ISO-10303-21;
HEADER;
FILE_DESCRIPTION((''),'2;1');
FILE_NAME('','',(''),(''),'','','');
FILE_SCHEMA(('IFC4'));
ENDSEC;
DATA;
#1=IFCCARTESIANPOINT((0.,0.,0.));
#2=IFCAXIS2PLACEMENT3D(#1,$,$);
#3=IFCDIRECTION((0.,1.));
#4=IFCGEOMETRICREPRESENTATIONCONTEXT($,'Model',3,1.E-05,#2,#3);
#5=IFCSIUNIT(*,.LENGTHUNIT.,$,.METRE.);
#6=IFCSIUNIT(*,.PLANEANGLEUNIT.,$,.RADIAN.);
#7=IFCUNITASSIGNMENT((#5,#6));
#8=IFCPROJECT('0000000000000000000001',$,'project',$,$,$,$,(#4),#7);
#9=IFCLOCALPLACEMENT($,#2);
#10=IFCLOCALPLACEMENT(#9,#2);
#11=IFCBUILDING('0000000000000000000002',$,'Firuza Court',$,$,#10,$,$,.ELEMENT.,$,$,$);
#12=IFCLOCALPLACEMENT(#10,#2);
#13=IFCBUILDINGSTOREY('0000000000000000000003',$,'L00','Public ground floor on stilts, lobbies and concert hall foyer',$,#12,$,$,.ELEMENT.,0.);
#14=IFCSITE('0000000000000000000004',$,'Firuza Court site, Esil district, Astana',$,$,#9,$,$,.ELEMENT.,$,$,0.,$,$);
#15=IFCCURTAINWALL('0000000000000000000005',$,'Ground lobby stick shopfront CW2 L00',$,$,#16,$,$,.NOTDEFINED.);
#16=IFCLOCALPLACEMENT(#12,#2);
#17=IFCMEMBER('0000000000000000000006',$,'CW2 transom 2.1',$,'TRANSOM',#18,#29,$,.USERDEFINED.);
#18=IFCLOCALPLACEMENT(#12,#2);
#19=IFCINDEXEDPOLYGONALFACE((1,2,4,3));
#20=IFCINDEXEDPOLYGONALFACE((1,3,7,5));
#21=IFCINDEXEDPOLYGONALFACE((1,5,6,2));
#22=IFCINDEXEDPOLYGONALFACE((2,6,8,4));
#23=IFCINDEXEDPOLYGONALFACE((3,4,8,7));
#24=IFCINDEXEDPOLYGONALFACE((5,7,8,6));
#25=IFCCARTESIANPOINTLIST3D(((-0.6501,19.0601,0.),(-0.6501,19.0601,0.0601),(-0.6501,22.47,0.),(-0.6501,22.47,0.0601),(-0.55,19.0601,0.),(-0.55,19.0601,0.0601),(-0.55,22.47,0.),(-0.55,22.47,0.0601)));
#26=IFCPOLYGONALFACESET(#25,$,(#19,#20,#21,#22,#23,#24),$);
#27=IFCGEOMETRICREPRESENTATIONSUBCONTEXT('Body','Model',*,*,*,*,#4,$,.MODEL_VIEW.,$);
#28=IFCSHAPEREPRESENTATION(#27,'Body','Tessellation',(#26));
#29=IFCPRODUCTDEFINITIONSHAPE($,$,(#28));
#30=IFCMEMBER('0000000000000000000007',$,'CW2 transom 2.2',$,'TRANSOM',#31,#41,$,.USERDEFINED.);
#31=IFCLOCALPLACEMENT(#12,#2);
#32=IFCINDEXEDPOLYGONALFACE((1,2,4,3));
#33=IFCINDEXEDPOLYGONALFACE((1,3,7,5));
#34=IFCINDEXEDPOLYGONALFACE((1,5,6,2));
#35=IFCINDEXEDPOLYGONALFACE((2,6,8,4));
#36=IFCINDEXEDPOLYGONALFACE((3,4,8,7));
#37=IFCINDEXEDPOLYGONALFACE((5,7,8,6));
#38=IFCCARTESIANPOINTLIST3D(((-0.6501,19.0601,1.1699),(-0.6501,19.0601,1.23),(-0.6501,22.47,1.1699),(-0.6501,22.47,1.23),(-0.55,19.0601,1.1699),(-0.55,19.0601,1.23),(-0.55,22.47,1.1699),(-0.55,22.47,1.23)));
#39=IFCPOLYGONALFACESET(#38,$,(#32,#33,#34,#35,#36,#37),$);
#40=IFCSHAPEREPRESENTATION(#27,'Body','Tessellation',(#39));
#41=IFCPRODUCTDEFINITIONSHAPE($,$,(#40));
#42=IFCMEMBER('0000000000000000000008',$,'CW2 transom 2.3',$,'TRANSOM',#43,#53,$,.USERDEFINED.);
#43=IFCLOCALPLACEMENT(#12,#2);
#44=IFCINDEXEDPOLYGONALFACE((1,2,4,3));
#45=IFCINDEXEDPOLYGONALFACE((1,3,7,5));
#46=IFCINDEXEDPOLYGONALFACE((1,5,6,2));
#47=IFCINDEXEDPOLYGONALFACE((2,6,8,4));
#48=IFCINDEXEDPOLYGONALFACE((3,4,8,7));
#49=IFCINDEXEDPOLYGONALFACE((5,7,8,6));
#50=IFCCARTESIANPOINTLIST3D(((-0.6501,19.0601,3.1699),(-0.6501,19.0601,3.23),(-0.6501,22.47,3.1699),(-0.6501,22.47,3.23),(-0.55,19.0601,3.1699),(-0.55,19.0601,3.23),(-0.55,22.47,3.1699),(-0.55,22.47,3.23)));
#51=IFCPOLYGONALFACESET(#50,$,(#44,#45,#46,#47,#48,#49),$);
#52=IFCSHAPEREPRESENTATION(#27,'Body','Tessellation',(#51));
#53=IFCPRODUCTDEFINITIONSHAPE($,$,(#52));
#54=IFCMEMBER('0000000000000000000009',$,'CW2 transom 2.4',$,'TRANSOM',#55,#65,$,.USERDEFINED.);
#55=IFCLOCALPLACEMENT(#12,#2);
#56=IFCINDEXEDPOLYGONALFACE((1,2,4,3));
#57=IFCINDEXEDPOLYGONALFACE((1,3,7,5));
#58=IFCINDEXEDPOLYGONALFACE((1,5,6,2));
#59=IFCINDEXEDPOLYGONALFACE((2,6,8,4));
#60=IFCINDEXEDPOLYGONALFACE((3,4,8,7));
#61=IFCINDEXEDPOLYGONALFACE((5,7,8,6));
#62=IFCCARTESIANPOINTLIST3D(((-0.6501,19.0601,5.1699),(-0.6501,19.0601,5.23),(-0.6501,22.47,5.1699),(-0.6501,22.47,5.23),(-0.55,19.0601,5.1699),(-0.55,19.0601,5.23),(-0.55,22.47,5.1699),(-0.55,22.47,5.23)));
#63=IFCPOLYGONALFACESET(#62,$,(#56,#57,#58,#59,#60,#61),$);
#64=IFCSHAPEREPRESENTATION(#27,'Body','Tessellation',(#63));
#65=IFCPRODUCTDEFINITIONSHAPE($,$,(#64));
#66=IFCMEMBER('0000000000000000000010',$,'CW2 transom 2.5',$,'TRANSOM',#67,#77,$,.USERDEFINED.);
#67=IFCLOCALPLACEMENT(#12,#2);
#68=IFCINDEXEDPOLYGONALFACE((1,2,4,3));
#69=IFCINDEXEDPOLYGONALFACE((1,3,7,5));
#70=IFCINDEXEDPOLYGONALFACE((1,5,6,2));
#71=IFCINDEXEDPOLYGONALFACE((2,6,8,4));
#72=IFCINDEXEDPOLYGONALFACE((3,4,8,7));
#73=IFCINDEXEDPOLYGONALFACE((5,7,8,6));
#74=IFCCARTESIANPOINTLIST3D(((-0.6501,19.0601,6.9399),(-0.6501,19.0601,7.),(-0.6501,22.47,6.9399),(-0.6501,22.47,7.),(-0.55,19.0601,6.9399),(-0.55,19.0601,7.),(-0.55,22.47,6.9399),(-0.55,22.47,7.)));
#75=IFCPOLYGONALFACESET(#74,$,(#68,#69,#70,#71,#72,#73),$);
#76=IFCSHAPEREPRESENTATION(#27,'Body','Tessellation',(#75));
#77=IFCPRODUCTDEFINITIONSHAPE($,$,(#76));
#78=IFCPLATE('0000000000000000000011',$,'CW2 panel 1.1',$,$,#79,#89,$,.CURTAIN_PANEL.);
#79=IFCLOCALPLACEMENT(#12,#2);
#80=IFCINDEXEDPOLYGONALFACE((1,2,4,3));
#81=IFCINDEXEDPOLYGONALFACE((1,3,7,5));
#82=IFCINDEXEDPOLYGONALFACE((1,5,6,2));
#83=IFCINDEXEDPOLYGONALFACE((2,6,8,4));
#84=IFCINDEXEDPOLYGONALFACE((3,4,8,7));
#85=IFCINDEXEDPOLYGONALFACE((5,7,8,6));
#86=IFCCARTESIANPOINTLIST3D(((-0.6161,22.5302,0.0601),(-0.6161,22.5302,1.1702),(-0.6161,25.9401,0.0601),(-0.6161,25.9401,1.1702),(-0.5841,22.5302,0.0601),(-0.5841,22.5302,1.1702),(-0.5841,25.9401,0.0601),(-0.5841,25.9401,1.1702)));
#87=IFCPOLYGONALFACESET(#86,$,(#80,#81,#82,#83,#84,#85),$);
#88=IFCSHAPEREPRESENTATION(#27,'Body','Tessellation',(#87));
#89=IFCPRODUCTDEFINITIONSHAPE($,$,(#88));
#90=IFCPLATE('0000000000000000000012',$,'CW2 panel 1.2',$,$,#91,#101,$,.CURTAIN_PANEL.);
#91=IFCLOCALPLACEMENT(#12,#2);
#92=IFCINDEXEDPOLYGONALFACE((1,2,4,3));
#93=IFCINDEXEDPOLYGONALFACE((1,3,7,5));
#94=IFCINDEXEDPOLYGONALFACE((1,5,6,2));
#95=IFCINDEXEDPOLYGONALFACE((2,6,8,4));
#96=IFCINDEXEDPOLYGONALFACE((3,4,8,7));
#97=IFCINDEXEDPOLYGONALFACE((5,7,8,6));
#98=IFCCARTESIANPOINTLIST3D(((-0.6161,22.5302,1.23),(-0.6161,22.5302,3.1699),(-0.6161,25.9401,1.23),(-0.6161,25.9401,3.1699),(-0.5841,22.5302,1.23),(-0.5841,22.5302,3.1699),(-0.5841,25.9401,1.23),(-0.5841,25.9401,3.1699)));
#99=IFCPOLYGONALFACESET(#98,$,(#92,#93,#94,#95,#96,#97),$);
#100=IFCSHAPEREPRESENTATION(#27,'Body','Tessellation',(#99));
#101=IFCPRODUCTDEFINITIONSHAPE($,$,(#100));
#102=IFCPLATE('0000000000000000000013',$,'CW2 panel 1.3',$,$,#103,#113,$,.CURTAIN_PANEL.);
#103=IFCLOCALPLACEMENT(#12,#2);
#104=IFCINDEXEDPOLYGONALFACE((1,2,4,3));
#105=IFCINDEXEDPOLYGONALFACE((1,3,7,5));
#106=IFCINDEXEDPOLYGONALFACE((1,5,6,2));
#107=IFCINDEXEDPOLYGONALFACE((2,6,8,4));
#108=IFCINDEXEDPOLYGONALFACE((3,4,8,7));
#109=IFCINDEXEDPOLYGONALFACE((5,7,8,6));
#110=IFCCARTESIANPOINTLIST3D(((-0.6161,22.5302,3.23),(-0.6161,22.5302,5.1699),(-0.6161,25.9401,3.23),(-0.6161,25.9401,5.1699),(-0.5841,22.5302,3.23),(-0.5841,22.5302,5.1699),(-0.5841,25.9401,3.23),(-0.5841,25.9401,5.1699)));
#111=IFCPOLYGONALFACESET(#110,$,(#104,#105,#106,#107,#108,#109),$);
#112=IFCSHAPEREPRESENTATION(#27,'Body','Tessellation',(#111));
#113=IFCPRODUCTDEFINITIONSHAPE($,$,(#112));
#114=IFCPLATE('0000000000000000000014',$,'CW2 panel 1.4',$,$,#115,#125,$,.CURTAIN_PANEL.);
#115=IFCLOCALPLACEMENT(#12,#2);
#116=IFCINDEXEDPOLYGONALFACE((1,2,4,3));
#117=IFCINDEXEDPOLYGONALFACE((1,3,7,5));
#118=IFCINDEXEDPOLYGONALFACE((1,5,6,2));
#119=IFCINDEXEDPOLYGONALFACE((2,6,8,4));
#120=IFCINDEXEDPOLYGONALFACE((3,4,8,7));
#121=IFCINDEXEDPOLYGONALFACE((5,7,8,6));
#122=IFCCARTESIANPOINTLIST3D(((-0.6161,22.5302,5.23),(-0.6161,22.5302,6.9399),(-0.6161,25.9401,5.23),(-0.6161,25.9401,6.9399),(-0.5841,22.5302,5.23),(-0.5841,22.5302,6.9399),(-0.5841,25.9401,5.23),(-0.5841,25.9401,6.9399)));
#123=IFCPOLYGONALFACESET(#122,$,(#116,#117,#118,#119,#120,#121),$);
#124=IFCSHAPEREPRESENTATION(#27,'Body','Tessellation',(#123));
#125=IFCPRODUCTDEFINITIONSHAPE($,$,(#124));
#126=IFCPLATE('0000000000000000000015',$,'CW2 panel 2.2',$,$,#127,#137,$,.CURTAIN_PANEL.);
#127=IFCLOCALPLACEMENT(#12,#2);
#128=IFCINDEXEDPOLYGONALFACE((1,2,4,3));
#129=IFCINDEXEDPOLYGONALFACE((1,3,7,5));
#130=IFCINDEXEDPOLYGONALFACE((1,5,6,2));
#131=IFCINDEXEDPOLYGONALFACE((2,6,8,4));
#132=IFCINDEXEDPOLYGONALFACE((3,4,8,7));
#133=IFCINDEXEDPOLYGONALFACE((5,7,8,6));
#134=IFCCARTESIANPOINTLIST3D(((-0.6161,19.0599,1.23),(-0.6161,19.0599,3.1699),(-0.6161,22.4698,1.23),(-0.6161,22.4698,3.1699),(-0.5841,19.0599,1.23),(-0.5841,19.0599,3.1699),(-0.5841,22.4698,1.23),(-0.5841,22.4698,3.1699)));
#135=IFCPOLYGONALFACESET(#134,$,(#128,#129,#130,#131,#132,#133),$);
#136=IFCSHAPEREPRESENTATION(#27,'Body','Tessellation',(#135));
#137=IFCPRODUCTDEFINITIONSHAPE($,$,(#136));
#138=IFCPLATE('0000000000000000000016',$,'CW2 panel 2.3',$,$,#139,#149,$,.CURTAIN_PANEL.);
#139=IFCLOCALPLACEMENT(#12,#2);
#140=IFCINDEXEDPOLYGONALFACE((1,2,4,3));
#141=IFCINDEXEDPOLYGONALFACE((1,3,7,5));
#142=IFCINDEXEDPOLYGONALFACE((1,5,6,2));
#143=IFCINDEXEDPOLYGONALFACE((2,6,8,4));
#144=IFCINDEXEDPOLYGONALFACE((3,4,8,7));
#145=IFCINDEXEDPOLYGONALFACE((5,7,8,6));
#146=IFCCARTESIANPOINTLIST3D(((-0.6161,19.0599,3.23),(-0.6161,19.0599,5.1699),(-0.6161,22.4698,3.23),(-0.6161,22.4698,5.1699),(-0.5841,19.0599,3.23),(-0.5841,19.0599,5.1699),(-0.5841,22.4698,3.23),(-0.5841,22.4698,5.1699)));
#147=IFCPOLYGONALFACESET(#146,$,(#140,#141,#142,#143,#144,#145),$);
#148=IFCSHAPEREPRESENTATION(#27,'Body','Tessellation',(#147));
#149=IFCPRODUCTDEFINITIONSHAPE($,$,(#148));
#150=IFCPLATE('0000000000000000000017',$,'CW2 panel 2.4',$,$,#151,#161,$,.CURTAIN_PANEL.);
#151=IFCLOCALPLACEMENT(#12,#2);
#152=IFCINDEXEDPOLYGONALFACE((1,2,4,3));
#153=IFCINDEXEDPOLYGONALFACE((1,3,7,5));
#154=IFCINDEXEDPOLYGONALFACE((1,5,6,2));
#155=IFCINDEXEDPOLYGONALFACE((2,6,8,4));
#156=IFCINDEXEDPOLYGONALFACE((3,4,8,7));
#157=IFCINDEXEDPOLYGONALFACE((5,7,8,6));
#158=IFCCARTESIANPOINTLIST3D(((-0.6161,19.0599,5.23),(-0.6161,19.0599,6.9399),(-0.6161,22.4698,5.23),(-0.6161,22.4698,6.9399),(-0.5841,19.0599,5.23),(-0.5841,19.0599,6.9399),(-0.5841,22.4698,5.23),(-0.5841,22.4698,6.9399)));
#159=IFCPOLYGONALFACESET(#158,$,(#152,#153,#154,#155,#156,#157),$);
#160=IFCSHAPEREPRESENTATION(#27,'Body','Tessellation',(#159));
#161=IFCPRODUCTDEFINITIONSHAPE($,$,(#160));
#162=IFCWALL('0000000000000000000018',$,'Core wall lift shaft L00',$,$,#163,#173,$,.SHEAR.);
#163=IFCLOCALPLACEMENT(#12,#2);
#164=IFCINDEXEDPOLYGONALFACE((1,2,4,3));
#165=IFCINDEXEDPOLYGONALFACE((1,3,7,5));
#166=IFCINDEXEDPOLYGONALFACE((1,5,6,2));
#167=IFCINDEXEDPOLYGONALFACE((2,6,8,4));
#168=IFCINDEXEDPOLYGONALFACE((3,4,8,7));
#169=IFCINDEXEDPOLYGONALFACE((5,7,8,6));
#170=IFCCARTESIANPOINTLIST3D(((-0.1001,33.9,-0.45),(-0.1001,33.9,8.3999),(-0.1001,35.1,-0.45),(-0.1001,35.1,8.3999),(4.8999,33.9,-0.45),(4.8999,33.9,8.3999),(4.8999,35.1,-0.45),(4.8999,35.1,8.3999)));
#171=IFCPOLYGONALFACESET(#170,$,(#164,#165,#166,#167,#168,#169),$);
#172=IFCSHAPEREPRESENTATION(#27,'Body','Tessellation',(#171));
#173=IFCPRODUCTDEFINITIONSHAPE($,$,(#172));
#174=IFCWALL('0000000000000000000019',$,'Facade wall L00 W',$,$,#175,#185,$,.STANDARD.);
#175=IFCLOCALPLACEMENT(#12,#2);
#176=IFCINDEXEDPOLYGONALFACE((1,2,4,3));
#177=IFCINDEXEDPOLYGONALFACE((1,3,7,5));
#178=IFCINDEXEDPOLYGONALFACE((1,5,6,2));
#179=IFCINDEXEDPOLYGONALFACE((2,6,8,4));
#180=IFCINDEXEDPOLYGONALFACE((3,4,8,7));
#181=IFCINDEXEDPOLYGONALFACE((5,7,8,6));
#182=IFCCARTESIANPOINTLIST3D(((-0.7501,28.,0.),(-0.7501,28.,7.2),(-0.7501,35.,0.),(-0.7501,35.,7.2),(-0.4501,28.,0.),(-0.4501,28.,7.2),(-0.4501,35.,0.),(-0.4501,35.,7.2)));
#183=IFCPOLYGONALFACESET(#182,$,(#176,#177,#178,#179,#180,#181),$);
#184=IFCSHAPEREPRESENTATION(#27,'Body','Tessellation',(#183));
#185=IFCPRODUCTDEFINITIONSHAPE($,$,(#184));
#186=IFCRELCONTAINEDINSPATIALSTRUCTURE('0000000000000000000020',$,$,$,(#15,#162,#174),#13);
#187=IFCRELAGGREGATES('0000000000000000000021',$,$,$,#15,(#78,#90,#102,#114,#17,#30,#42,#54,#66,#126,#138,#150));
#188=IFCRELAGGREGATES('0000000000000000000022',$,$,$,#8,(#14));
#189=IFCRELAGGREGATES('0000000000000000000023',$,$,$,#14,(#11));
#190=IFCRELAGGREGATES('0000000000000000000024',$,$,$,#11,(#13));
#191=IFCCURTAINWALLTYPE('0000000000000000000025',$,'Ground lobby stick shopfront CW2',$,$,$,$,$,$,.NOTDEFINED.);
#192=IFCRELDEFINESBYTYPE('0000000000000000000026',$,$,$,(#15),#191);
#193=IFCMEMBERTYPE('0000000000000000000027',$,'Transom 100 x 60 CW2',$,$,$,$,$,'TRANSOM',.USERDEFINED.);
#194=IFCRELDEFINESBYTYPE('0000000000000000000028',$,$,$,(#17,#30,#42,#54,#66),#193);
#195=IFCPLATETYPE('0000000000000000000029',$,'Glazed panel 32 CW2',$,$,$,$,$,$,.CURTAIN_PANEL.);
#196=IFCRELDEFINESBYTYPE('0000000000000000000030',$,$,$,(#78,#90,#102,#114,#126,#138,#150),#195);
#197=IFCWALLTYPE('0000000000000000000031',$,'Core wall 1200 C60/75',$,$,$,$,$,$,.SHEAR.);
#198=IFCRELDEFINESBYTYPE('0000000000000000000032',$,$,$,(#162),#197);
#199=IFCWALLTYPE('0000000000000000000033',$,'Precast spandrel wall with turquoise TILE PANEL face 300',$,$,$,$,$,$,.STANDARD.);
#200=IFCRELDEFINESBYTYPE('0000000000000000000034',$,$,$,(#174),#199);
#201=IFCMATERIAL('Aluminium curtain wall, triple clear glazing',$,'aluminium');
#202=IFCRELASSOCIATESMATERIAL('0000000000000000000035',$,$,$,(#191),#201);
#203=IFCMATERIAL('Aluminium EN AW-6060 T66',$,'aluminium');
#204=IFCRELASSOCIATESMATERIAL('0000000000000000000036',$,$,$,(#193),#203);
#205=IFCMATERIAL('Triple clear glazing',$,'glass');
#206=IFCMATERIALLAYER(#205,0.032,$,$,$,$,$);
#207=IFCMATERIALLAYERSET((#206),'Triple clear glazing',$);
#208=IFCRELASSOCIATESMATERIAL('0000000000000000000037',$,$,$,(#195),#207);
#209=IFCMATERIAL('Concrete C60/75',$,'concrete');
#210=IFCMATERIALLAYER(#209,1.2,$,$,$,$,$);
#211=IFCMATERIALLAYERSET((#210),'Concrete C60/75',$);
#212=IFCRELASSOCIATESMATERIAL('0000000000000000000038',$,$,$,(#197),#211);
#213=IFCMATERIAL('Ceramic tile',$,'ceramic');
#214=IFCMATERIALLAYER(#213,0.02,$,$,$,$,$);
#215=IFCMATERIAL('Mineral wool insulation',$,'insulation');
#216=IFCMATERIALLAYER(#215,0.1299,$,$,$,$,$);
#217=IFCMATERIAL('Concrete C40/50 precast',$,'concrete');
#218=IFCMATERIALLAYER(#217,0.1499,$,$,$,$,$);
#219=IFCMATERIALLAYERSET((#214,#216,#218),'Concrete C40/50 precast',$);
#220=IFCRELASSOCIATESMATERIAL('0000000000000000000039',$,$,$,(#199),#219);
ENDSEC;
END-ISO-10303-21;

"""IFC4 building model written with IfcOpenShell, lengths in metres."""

from ifc_helpers import new_model, si_unit, direction, frame, frame_2d, origin, origin_2d, place, context, subcontext, project, spatial, rectangle, extrude, material, layer, layer_set, material_profile, profile_set, type_object, element, aggregate, save


model = new_model("IFC4")

# Units and contexts
model_context = context("Model", 3, precision=1e-05, world=origin(), true_north=direction((0.0, 1.0)))
body_context = subcontext(model_context, "Body", "Model", "MODEL_VIEW")
ifc_project = project(units=[si_unit("LENGTHUNIT", "METRE"), si_unit("PLANEANGLEUNIT", "RADIAN")], contexts=[model_context])

# Site, building, storey
site_placement = place(None, origin())
site = spatial("IfcSite", under=ifc_project, at=site_placement, Name="Firuza Court site, Esil district, Astana", CompositionType="ELEMENT", RefElevation=0.0)
building_placement = place(site_placement, origin())
building = spatial("IfcBuilding", under=site, at=building_placement, Name="Firuza Court", CompositionType="ELEMENT")
storey_placement = place(building_placement, origin())
storey = spatial("IfcBuildingStorey", under=building, at=storey_placement, Name="L00", Description="Public ground floor on stilts, lobbies and concert hall foyer", CompositionType="ELEMENT", Elevation=0.0)

# Curtain wall
ifc_material_1 = material(Name="Aluminium curtain wall, triple clear glazing", Category="aluminium")
curtain_wall_type = type_object("IfcCurtainWallType", Name="Ground lobby stick shopfront CW2", PredefinedType="NOTDEFINED", material=ifc_material_1)
curtain_wall_placement = place(storey_placement, origin())
curtain_wall = element("IfcCurtainWall", 1, at=curtain_wall_placement, inside=storey, type_object=curtain_wall_type, Name="Ground lobby stick shopfront CW2 L00", PredefinedType="NOTDEFINED")

# Members
ifc_material_2 = material(Name="Aluminium EN AW-6060 T66", Category="aluminium")
ifc_material_profile_1 = material_profile(ifc_material_2, rectangle(XDim=0.1001, YDim=0.0601, at=origin_2d()), Name="Transom 100 x 60 CW2")
ifc_profile_set_1 = profile_set([ifc_material_profile_1], Name="Aluminium EN AW-6060 T66")
member_type_1 = type_object("IfcMemberType", Name="Transom 100 x 60 CW2", ElementType="TRANSOM", PredefinedType="USERDEFINED", material=ifc_profile_set_1)
member_1_placement = place(storey_placement, frame((-0.6001, 22.47, 0.03), z_axis=(0.0, -1.0, 0.0), x_axis=(1.0, 0.0, 0.0)))
member_1 = element("IfcMember", 2, at=member_1_placement, type_object=member_type_1, Name="CW2 transom 2.1", ObjectType="TRANSOM", PredefinedType="USERDEFINED", context=body_context, shape_type="SweptSolid", body=[
    extrude(rectangle(XDim=0.1001, YDim=0.0601, at=origin_2d()), origin(), (0.0, 0.0, 1.0), 3.4099),
])
member_2_placement = place(storey_placement, frame((-0.6001, 22.47, 1.2), z_axis=(0.0, -1.0, 0.0), x_axis=(1.0, 0.0, 0.0)))
member_2 = element("IfcMember", 3, at=member_2_placement, type_object=member_type_1, Name="CW2 transom 2.2", ObjectType="TRANSOM", PredefinedType="USERDEFINED", context=body_context, shape_type="SweptSolid", body=[
    extrude(rectangle(XDim=0.1001, YDim=0.0601, at=origin_2d()), origin(), (0.0, 0.0, 1.0), 3.4099),
])
member_3_placement = place(storey_placement, frame((-0.6001, 22.47, 3.2), z_axis=(0.0, -1.0, 0.0), x_axis=(1.0, 0.0, 0.0)))
member_3 = element("IfcMember", 4, at=member_3_placement, type_object=member_type_1, Name="CW2 transom 2.3", ObjectType="TRANSOM", PredefinedType="USERDEFINED", context=body_context, shape_type="SweptSolid", body=[
    extrude(rectangle(XDim=0.1001, YDim=0.0601, at=origin_2d()), origin(), (0.0, 0.0, 1.0), 3.4099),
])
member_4_placement = place(storey_placement, frame((-0.6001, 22.47, 5.2), z_axis=(0.0, -1.0, 0.0), x_axis=(1.0, 0.0, 0.0)))
member_4 = element("IfcMember", 5, at=member_4_placement, type_object=member_type_1, Name="CW2 transom 2.4", ObjectType="TRANSOM", PredefinedType="USERDEFINED", context=body_context, shape_type="SweptSolid", body=[
    extrude(rectangle(XDim=0.1001, YDim=0.0601, at=origin_2d()), origin(), (0.0, 0.0, 1.0), 3.4099),
])
member_5_placement = place(storey_placement, frame((-0.6001, 22.47, 6.97), z_axis=(0.0, -1.0, 0.0), x_axis=(1.0, 0.0, 0.0)))
member_5 = element("IfcMember", 6, at=member_5_placement, type_object=member_type_1, Name="CW2 transom 2.5", ObjectType="TRANSOM", PredefinedType="USERDEFINED", context=body_context, shape_type="SweptSolid", body=[
    extrude(rectangle(XDim=0.1001, YDim=0.0601, at=origin_2d()), origin(), (0.0, 0.0, 1.0), 3.4099),
])

# Plates
ifc_material_3 = material(Name="Triple clear glazing", Category="glass")
ifc_layer_1 = layer(ifc_material_3, 0.032)
ifc_layer_set_1 = layer_set([ifc_layer_1], Name="Triple clear glazing")
plate_type = type_object("IfcPlateType", Name="Glazed panel 32 CW2", PredefinedType="CURTAIN_PANEL", material=ifc_layer_set_1)
plate_1_placement = place(storey_placement, frame((-0.6001, 24.2351, 0.0601), z_axis=(0.0, 0.0, 1.0), x_axis=(0.0, -1.0, 0.0)))
plate_1 = element("IfcPlate", 7, at=plate_1_placement, type_object=plate_type, Name="CW2 panel 1.1", PredefinedType="CURTAIN_PANEL", context=body_context, shape_type="SweptSolid", body=[
    extrude(rectangle(XDim=3.4099, YDim=0.032, at=origin_2d()), origin(), (0.0, 0.0, 1.0), 1.1101),
])
plate_2_placement = place(storey_placement, frame((-0.6001, 24.2351, 1.23), z_axis=(0.0, 0.0, 1.0), x_axis=(0.0, -1.0, 0.0)))
plate_2 = element("IfcPlate", 8, at=plate_2_placement, type_object=plate_type, Name="CW2 panel 1.2", PredefinedType="CURTAIN_PANEL", context=body_context, shape_type="SweptSolid", body=[
    extrude(rectangle(XDim=3.4099, YDim=0.032, at=origin_2d()), origin(), (0.0, 0.0, 1.0), 1.9399),
])
plate_3_placement = place(storey_placement, frame((-0.6001, 24.2351, 3.23), z_axis=(0.0, 0.0, 1.0), x_axis=(0.0, -1.0, 0.0)))
plate_3 = element("IfcPlate", 9, at=plate_3_placement, type_object=plate_type, Name="CW2 panel 1.3", PredefinedType="CURTAIN_PANEL", context=body_context, shape_type="SweptSolid", body=[
    extrude(rectangle(XDim=3.4099, YDim=0.032, at=origin_2d()), origin(), (0.0, 0.0, 1.0), 1.9399),
])
plate_4_placement = place(storey_placement, frame((-0.6001, 24.2351, 5.23), z_axis=(0.0, 0.0, 1.0), x_axis=(0.0, -1.0, 0.0)))
plate_4 = element("IfcPlate", 10, at=plate_4_placement, type_object=plate_type, Name="CW2 panel 1.4", PredefinedType="CURTAIN_PANEL", context=body_context, shape_type="SweptSolid", body=[
    extrude(rectangle(XDim=3.4099, YDim=0.032, at=origin_2d()), origin(), (0.0, 0.0, 1.0), 1.71),
])
plate_5_placement = place(storey_placement, frame((-0.6001, 20.7649, 1.23), z_axis=(0.0, 0.0, 1.0), x_axis=(0.0, -1.0, 0.0)))
plate_5 = element("IfcPlate", 11, at=plate_5_placement, type_object=plate_type, Name="CW2 panel 2.2", PredefinedType="CURTAIN_PANEL", context=body_context, shape_type="SweptSolid", body=[
    extrude(rectangle(XDim=3.4099, YDim=0.032, at=origin_2d()), origin(), (0.0, 0.0, 1.0), 1.9399),
])
plate_6_placement = place(storey_placement, frame((-0.6001, 20.7649, 3.23), z_axis=(0.0, 0.0, 1.0), x_axis=(0.0, -1.0, 0.0)))
plate_6 = element("IfcPlate", 12, at=plate_6_placement, type_object=plate_type, Name="CW2 panel 2.3", PredefinedType="CURTAIN_PANEL", context=body_context, shape_type="SweptSolid", body=[
    extrude(rectangle(XDim=3.4099, YDim=0.032, at=origin_2d()), origin(), (0.0, 0.0, 1.0), 1.9399),
])
plate_7_placement = place(storey_placement, frame((-0.6001, 20.7649, 5.23), z_axis=(0.0, 0.0, 1.0), x_axis=(0.0, -1.0, 0.0)))
plate_7 = element("IfcPlate", 13, at=plate_7_placement, type_object=plate_type, Name="CW2 panel 2.4", PredefinedType="CURTAIN_PANEL", context=body_context, shape_type="SweptSolid", body=[
    extrude(rectangle(XDim=3.4099, YDim=0.032, at=origin_2d()), origin(), (0.0, 0.0, 1.0), 1.71),
])
aggregate(curtain_wall, [plate_1, plate_2, plate_3, plate_4, member_1, member_2, member_3, member_4, member_5, plate_5, plate_6, plate_7])

# Walls
ifc_material_4 = material(Name="Concrete C60/75", Category="concrete")
ifc_layer_2 = layer(ifc_material_4, 1.2)
ifc_layer_set_2 = layer_set([ifc_layer_2], Name="Concrete C60/75")
wall_type_1 = type_object("IfcWallType", Name="Core wall 1200 C60/75", PredefinedType="SHEAR", material=ifc_layer_set_2)
wall_1_placement = place(storey_placement, frame((-0.1001, 34.5, -0.45), z_axis=(0.0, 0.0, 1.0), x_axis=(1.0, 0.0, 0.0)))
element("IfcWall", 14, at=wall_1_placement, inside=storey, type_object=wall_type_1, Name="Core wall lift shaft L00", PredefinedType="SHEAR", context=body_context, shape_type="SweptSolid", body=[
    extrude(rectangle(XDim=5.0, YDim=1.2, at=frame_2d((2.5, 0.0))), origin(), (0.0, 0.0, 1.0), 8.8499),
])
ifc_material_5 = material(Name="Ceramic tile", Category="ceramic")
ifc_layer_3 = layer(ifc_material_5, 0.02)
ifc_material_6 = material(Name="Mineral wool insulation", Category="insulation")
ifc_layer_4 = layer(ifc_material_6, 0.1299)
ifc_material_7 = material(Name="Concrete C40/50 precast", Category="concrete")
ifc_layer_5 = layer(ifc_material_7, 0.1499)
ifc_layer_set_3 = layer_set([ifc_layer_3, ifc_layer_4, ifc_layer_5], Name="Concrete C40/50 precast")
wall_type_2 = type_object("IfcWallType", Name="Precast spandrel wall with turquoise TILE PANEL face 300", PredefinedType="STANDARD", material=ifc_layer_set_3)
wall_2_placement = place(storey_placement, frame((-0.6001, 35.0, 0.0), z_axis=(0.0, 0.0, 1.0), x_axis=(0.0, -1.0, 0.0)))
element("IfcWall", 15, at=wall_2_placement, inside=storey, type_object=wall_type_2, Name="Facade wall L00 W", PredefinedType="STANDARD", context=body_context, shape_type="SweptSolid", body=[
    extrude(rectangle(XDim=7.0, YDim=0.3, at=frame_2d((3.5, 0.0))), origin(), (0.0, 0.0, 1.0), 7.2),
])

save(model, "model.ifc")
